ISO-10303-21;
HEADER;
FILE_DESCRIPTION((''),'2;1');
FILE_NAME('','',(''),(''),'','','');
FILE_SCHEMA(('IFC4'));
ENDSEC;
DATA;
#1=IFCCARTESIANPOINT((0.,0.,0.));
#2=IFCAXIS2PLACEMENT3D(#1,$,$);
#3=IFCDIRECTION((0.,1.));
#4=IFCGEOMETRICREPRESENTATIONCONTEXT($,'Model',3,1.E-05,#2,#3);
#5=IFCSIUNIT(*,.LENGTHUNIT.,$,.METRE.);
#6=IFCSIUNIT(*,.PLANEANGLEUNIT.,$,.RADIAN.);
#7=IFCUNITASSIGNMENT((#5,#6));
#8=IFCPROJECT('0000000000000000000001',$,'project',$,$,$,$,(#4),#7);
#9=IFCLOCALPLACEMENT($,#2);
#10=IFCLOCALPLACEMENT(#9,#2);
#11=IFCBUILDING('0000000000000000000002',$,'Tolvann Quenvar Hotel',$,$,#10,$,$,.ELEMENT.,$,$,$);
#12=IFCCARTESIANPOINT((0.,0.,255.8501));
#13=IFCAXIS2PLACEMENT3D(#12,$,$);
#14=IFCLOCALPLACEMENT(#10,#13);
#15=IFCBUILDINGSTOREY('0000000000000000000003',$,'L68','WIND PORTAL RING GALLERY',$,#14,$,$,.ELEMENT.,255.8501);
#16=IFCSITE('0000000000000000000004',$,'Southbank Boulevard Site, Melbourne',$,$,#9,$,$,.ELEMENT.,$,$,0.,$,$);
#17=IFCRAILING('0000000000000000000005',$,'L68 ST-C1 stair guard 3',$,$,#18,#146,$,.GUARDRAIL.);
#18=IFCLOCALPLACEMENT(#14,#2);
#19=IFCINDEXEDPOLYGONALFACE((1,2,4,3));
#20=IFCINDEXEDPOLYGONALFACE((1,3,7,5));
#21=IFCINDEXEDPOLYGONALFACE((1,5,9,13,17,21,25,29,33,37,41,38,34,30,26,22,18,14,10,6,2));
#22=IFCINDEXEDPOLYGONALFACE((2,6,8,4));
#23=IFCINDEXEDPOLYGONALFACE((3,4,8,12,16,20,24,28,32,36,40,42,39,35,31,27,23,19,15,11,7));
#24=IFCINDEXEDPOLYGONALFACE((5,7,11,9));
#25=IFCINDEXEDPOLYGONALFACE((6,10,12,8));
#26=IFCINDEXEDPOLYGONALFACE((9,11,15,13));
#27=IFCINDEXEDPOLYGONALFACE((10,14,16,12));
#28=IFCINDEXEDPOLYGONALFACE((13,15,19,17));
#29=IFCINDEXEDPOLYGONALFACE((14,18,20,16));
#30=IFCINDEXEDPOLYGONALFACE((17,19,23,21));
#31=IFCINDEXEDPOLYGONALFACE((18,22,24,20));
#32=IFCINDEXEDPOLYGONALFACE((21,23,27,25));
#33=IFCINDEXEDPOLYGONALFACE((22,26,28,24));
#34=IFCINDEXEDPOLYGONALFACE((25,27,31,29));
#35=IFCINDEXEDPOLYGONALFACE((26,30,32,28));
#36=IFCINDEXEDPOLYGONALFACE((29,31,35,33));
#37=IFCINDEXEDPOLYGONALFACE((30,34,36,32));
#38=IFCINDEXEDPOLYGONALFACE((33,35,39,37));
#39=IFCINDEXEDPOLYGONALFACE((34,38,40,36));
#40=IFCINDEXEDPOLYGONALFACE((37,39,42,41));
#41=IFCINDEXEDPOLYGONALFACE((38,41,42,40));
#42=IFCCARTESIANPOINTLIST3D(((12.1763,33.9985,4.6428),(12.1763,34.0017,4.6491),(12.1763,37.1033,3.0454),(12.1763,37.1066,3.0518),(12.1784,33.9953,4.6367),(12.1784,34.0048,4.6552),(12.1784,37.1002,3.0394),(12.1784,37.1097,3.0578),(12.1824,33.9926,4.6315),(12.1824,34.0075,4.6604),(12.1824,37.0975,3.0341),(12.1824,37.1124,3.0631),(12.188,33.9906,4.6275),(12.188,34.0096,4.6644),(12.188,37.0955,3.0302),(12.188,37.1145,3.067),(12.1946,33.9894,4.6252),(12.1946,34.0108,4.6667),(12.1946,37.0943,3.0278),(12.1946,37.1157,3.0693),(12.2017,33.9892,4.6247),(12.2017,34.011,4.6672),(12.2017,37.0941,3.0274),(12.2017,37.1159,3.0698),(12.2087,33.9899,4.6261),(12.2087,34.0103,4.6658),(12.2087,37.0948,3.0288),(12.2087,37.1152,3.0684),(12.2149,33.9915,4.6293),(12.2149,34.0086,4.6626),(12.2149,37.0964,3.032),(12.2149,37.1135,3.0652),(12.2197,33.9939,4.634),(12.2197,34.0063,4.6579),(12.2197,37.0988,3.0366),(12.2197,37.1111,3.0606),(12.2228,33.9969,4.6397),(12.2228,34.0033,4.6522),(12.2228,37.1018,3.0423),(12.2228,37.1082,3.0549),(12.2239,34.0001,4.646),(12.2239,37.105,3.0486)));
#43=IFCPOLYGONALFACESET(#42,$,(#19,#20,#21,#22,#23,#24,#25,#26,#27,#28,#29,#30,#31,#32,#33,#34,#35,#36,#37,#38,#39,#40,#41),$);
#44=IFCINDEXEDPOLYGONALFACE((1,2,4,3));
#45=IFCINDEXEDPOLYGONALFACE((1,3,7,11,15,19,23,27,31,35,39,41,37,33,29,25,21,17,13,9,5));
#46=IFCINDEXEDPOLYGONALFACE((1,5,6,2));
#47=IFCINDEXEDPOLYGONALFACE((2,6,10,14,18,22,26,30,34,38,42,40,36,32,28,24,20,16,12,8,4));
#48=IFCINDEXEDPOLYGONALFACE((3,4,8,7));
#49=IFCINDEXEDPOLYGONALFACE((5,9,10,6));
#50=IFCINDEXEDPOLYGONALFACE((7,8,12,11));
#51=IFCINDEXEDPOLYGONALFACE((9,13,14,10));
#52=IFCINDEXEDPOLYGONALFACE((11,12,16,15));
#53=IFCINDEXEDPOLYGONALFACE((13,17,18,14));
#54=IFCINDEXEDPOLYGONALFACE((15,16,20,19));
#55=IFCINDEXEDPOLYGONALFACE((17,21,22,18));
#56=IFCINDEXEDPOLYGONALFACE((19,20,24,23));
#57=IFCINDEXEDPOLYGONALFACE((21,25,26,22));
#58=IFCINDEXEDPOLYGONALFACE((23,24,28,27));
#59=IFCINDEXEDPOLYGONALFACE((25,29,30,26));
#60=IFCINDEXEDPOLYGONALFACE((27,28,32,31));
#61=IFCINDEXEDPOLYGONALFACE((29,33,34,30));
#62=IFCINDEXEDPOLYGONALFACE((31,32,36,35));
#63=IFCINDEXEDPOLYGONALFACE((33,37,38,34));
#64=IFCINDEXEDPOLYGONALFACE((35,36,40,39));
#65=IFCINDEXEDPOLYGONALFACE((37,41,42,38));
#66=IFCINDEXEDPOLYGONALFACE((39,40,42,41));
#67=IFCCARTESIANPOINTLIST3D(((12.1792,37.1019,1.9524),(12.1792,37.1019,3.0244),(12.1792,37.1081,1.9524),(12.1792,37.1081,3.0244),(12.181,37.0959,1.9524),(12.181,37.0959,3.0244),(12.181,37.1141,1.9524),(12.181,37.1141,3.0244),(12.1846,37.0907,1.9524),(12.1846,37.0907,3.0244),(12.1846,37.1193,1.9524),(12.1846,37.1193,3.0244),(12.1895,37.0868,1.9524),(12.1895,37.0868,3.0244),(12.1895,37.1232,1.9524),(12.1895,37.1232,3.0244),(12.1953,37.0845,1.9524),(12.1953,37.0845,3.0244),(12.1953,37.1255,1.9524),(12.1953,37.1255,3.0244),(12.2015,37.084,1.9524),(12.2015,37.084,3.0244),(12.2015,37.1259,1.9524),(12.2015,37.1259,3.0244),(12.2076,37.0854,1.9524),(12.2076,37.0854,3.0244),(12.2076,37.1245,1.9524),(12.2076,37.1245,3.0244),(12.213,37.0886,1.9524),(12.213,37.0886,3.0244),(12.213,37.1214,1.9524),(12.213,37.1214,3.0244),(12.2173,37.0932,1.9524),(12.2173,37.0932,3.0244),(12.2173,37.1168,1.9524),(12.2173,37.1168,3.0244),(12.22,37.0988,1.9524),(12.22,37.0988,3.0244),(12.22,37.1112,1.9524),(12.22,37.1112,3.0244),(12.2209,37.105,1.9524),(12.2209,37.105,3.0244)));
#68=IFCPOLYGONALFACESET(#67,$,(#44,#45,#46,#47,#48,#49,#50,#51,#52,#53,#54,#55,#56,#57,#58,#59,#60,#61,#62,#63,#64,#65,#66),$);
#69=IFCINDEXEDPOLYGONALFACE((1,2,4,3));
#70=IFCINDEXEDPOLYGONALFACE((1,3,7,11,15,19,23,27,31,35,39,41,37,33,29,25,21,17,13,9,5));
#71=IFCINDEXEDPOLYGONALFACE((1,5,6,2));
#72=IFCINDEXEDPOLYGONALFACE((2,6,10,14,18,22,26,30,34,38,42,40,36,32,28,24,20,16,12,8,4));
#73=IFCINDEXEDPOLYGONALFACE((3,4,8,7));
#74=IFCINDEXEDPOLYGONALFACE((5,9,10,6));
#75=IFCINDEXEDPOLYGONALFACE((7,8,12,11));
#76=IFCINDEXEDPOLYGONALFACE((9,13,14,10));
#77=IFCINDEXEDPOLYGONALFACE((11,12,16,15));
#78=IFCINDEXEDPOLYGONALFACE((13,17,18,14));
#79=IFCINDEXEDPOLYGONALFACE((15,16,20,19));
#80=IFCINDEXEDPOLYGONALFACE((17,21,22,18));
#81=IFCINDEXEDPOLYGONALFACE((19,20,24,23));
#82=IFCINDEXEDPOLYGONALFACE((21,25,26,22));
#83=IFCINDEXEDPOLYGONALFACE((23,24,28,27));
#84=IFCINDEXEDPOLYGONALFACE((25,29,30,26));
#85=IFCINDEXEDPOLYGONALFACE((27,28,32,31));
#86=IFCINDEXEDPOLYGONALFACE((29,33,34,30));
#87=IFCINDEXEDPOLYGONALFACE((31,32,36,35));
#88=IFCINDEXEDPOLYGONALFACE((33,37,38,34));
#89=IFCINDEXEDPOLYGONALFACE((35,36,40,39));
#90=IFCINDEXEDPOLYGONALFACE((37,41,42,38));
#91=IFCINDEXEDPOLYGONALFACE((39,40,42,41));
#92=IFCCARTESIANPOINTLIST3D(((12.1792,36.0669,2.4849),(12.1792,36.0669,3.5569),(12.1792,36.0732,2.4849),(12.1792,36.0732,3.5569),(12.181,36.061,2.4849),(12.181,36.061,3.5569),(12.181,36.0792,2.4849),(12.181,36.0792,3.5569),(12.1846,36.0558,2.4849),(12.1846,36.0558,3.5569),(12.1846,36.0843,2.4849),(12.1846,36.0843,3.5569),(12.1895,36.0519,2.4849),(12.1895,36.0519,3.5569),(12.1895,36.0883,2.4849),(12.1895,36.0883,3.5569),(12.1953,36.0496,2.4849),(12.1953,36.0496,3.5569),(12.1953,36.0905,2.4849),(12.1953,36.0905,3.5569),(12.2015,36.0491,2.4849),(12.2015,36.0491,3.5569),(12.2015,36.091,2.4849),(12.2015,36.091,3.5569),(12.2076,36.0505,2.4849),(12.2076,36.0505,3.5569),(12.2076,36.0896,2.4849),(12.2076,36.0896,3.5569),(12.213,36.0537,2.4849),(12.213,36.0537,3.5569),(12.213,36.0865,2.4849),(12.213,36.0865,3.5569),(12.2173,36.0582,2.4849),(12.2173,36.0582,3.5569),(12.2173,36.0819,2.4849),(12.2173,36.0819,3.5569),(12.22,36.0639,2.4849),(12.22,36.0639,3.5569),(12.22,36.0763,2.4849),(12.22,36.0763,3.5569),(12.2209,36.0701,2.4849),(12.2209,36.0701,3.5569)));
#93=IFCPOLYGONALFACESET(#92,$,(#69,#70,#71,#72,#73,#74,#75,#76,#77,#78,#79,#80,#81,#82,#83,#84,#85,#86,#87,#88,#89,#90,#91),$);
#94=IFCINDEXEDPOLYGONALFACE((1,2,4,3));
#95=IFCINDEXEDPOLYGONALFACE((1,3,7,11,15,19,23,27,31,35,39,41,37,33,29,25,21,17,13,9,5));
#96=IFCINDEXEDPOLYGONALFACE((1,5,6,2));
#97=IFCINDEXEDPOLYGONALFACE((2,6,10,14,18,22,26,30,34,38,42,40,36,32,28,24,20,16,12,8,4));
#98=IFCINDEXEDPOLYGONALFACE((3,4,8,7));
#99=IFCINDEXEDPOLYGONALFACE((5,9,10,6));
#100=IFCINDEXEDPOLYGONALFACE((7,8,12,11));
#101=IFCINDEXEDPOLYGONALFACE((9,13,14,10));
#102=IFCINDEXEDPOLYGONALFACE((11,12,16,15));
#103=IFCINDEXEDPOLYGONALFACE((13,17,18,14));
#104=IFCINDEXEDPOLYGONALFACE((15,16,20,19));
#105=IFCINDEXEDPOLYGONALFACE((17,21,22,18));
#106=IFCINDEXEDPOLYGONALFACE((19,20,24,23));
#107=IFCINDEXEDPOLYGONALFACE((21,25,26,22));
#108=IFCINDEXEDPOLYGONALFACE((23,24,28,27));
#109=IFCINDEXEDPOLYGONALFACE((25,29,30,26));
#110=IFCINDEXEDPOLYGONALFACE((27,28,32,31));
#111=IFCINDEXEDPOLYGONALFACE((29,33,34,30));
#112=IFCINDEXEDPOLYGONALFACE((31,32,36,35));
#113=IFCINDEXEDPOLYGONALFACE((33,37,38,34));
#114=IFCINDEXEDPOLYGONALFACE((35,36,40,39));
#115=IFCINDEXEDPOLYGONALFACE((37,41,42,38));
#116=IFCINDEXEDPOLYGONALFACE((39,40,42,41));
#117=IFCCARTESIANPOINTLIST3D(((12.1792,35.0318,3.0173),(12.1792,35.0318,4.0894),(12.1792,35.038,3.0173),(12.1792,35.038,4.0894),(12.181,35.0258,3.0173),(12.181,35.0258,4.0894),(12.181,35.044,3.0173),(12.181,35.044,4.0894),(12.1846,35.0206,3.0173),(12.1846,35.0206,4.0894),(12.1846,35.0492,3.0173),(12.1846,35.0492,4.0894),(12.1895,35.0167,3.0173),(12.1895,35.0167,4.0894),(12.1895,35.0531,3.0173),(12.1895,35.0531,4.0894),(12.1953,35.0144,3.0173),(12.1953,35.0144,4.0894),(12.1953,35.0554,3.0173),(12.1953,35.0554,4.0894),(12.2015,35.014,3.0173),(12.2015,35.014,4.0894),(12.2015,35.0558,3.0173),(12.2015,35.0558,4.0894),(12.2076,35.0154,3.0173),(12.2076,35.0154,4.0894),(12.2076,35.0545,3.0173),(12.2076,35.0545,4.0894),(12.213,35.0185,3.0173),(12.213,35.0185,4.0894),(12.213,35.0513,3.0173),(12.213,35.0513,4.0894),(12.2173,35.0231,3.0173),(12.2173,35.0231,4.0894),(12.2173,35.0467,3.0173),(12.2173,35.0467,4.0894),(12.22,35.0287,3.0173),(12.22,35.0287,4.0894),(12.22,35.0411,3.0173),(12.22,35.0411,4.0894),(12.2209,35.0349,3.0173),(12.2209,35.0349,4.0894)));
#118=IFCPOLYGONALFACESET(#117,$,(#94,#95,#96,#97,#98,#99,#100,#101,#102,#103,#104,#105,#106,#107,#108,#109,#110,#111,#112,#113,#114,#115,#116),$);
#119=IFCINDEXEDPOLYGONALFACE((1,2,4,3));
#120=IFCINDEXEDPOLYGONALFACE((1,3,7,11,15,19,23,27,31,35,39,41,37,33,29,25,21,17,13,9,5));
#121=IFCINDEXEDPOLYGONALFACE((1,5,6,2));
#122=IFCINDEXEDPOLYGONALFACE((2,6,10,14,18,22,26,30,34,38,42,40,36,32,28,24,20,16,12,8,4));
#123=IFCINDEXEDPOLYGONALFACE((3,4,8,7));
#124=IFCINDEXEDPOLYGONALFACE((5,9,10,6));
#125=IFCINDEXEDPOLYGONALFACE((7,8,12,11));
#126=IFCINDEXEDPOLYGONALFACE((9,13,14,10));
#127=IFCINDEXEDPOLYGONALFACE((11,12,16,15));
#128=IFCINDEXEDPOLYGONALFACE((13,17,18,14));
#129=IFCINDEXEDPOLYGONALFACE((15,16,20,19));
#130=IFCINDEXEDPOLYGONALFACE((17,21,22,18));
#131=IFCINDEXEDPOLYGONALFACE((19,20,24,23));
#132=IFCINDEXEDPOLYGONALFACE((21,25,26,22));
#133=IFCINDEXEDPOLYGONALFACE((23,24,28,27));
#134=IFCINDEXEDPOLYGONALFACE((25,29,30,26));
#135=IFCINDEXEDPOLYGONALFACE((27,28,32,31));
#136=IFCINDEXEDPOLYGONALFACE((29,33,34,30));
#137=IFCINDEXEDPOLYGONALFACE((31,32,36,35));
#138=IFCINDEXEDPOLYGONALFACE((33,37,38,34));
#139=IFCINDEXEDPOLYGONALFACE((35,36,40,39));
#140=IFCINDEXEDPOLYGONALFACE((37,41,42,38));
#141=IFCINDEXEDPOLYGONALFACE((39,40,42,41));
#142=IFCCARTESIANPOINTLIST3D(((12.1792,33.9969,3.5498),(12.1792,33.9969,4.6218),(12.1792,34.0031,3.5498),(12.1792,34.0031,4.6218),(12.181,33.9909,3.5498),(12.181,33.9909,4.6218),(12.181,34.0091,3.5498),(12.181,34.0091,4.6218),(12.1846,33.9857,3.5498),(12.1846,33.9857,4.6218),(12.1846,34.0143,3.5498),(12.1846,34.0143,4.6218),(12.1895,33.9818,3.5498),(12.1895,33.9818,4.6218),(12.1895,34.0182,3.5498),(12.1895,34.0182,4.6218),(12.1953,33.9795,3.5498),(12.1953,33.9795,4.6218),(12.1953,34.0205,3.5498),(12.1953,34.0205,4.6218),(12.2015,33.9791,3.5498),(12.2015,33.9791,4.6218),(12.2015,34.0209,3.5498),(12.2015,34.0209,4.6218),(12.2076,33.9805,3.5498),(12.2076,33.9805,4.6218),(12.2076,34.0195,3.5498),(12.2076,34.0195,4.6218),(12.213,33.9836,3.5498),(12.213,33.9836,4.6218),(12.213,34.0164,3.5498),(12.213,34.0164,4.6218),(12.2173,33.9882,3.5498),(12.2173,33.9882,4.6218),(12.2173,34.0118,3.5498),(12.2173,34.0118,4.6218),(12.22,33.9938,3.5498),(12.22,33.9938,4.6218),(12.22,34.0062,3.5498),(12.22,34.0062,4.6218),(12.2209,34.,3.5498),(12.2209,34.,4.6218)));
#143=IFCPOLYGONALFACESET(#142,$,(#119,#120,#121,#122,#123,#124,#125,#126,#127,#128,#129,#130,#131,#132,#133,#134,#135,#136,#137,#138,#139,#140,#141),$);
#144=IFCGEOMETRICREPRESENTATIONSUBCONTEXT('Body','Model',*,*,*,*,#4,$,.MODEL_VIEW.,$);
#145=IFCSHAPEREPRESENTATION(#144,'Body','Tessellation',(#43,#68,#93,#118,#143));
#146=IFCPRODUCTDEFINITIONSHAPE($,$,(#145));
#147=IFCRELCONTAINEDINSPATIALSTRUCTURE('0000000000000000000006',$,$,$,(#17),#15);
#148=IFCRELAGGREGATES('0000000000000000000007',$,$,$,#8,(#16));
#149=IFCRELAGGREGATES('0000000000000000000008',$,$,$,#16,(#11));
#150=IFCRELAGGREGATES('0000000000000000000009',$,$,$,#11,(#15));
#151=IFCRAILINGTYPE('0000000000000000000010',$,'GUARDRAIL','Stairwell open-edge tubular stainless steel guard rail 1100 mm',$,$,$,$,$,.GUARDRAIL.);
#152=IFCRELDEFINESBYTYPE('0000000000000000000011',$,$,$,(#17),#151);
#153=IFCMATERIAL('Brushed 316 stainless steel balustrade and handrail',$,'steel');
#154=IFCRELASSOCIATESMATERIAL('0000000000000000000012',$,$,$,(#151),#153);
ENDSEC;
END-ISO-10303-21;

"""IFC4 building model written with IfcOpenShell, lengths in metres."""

from ifc_helpers import new_model, si_unit, direction, frame, origin, origin_2d, place, context, subcontext, project, spatial, circle, extrude, material, type_object, element, save


model = new_model("IFC4")

# Units and contexts
model_context = context("Model", 3, precision=1e-05, world=origin(), true_north=direction((0.0, 1.0)))
body_context = subcontext(model_context, "Body", "Model", "MODEL_VIEW")
ifc_project = project(units=[si_unit("LENGTHUNIT", "METRE"), si_unit("PLANEANGLEUNIT", "RADIAN")], contexts=[model_context])

# Site, building, storey
site_placement = place(None, origin())
site = spatial("IfcSite", under=ifc_project, at=site_placement, Name="Southbank Boulevard Site, Melbourne", CompositionType="ELEMENT", RefElevation=0.0)
building_placement = place(site_placement, origin())
building = spatial("IfcBuilding", under=site, at=building_placement, Name="Tolvann Quenvar Hotel", CompositionType="ELEMENT")
storey_placement = place(building_placement, frame((0.0, 0.0, 255.8501)))
storey = spatial("IfcBuildingStorey", under=building, at=storey_placement, Name="L68", Description="WIND PORTAL RING GALLERY", CompositionType="ELEMENT", Elevation=255.8501)

# Railing
ifc_material_1 = material(Name="Brushed 316 stainless steel balustrade and handrail", Category="steel")
railing_type_1 = type_object("IfcRailingType", Name="GUARDRAIL", Description="Stairwell open-edge tubular stainless steel guard rail 1100 mm", PredefinedType="GUARDRAIL", material=ifc_material_1)
railing_1_placement = place(storey_placement, frame((12.2, 37.105, 1.9524)))
element("IfcRailing", 1, at=railing_1_placement, inside=storey, type_object=railing_type_1, Name="L68 ST-C1 stair guard 3", PredefinedType="GUARDRAIL", context=body_context, shape_type="SweptSolid", body=[
    extrude(circle(Radius=0.0239, at=origin_2d()), frame((0.0, 0.0, 1.0962), z_axis=(0.0, -0.889222, 0.457476), x_axis=(1.0, 0.0, 0.0)), (0.0, 0.0, 1.0), 3.4917),
    extrude(circle(Radius=0.021, at=origin_2d()), origin(), (0.0, 0.0, 1.0), 1.072),
    extrude(circle(Radius=0.021, at=origin_2d()), frame((0.0, -1.0349, 0.5325)), (0.0, 0.0, 1.0), 1.072),
    extrude(circle(Radius=0.021, at=origin_2d()), frame((0.0, -2.0701, 1.0649)), (0.0, 0.0, 1.0), 1.072),
    extrude(circle(Radius=0.021, at=origin_2d()), frame((0.0, -3.105, 1.5974)), (0.0, 0.0, 1.0), 1.072),
])

save(model, "model.ifc")
